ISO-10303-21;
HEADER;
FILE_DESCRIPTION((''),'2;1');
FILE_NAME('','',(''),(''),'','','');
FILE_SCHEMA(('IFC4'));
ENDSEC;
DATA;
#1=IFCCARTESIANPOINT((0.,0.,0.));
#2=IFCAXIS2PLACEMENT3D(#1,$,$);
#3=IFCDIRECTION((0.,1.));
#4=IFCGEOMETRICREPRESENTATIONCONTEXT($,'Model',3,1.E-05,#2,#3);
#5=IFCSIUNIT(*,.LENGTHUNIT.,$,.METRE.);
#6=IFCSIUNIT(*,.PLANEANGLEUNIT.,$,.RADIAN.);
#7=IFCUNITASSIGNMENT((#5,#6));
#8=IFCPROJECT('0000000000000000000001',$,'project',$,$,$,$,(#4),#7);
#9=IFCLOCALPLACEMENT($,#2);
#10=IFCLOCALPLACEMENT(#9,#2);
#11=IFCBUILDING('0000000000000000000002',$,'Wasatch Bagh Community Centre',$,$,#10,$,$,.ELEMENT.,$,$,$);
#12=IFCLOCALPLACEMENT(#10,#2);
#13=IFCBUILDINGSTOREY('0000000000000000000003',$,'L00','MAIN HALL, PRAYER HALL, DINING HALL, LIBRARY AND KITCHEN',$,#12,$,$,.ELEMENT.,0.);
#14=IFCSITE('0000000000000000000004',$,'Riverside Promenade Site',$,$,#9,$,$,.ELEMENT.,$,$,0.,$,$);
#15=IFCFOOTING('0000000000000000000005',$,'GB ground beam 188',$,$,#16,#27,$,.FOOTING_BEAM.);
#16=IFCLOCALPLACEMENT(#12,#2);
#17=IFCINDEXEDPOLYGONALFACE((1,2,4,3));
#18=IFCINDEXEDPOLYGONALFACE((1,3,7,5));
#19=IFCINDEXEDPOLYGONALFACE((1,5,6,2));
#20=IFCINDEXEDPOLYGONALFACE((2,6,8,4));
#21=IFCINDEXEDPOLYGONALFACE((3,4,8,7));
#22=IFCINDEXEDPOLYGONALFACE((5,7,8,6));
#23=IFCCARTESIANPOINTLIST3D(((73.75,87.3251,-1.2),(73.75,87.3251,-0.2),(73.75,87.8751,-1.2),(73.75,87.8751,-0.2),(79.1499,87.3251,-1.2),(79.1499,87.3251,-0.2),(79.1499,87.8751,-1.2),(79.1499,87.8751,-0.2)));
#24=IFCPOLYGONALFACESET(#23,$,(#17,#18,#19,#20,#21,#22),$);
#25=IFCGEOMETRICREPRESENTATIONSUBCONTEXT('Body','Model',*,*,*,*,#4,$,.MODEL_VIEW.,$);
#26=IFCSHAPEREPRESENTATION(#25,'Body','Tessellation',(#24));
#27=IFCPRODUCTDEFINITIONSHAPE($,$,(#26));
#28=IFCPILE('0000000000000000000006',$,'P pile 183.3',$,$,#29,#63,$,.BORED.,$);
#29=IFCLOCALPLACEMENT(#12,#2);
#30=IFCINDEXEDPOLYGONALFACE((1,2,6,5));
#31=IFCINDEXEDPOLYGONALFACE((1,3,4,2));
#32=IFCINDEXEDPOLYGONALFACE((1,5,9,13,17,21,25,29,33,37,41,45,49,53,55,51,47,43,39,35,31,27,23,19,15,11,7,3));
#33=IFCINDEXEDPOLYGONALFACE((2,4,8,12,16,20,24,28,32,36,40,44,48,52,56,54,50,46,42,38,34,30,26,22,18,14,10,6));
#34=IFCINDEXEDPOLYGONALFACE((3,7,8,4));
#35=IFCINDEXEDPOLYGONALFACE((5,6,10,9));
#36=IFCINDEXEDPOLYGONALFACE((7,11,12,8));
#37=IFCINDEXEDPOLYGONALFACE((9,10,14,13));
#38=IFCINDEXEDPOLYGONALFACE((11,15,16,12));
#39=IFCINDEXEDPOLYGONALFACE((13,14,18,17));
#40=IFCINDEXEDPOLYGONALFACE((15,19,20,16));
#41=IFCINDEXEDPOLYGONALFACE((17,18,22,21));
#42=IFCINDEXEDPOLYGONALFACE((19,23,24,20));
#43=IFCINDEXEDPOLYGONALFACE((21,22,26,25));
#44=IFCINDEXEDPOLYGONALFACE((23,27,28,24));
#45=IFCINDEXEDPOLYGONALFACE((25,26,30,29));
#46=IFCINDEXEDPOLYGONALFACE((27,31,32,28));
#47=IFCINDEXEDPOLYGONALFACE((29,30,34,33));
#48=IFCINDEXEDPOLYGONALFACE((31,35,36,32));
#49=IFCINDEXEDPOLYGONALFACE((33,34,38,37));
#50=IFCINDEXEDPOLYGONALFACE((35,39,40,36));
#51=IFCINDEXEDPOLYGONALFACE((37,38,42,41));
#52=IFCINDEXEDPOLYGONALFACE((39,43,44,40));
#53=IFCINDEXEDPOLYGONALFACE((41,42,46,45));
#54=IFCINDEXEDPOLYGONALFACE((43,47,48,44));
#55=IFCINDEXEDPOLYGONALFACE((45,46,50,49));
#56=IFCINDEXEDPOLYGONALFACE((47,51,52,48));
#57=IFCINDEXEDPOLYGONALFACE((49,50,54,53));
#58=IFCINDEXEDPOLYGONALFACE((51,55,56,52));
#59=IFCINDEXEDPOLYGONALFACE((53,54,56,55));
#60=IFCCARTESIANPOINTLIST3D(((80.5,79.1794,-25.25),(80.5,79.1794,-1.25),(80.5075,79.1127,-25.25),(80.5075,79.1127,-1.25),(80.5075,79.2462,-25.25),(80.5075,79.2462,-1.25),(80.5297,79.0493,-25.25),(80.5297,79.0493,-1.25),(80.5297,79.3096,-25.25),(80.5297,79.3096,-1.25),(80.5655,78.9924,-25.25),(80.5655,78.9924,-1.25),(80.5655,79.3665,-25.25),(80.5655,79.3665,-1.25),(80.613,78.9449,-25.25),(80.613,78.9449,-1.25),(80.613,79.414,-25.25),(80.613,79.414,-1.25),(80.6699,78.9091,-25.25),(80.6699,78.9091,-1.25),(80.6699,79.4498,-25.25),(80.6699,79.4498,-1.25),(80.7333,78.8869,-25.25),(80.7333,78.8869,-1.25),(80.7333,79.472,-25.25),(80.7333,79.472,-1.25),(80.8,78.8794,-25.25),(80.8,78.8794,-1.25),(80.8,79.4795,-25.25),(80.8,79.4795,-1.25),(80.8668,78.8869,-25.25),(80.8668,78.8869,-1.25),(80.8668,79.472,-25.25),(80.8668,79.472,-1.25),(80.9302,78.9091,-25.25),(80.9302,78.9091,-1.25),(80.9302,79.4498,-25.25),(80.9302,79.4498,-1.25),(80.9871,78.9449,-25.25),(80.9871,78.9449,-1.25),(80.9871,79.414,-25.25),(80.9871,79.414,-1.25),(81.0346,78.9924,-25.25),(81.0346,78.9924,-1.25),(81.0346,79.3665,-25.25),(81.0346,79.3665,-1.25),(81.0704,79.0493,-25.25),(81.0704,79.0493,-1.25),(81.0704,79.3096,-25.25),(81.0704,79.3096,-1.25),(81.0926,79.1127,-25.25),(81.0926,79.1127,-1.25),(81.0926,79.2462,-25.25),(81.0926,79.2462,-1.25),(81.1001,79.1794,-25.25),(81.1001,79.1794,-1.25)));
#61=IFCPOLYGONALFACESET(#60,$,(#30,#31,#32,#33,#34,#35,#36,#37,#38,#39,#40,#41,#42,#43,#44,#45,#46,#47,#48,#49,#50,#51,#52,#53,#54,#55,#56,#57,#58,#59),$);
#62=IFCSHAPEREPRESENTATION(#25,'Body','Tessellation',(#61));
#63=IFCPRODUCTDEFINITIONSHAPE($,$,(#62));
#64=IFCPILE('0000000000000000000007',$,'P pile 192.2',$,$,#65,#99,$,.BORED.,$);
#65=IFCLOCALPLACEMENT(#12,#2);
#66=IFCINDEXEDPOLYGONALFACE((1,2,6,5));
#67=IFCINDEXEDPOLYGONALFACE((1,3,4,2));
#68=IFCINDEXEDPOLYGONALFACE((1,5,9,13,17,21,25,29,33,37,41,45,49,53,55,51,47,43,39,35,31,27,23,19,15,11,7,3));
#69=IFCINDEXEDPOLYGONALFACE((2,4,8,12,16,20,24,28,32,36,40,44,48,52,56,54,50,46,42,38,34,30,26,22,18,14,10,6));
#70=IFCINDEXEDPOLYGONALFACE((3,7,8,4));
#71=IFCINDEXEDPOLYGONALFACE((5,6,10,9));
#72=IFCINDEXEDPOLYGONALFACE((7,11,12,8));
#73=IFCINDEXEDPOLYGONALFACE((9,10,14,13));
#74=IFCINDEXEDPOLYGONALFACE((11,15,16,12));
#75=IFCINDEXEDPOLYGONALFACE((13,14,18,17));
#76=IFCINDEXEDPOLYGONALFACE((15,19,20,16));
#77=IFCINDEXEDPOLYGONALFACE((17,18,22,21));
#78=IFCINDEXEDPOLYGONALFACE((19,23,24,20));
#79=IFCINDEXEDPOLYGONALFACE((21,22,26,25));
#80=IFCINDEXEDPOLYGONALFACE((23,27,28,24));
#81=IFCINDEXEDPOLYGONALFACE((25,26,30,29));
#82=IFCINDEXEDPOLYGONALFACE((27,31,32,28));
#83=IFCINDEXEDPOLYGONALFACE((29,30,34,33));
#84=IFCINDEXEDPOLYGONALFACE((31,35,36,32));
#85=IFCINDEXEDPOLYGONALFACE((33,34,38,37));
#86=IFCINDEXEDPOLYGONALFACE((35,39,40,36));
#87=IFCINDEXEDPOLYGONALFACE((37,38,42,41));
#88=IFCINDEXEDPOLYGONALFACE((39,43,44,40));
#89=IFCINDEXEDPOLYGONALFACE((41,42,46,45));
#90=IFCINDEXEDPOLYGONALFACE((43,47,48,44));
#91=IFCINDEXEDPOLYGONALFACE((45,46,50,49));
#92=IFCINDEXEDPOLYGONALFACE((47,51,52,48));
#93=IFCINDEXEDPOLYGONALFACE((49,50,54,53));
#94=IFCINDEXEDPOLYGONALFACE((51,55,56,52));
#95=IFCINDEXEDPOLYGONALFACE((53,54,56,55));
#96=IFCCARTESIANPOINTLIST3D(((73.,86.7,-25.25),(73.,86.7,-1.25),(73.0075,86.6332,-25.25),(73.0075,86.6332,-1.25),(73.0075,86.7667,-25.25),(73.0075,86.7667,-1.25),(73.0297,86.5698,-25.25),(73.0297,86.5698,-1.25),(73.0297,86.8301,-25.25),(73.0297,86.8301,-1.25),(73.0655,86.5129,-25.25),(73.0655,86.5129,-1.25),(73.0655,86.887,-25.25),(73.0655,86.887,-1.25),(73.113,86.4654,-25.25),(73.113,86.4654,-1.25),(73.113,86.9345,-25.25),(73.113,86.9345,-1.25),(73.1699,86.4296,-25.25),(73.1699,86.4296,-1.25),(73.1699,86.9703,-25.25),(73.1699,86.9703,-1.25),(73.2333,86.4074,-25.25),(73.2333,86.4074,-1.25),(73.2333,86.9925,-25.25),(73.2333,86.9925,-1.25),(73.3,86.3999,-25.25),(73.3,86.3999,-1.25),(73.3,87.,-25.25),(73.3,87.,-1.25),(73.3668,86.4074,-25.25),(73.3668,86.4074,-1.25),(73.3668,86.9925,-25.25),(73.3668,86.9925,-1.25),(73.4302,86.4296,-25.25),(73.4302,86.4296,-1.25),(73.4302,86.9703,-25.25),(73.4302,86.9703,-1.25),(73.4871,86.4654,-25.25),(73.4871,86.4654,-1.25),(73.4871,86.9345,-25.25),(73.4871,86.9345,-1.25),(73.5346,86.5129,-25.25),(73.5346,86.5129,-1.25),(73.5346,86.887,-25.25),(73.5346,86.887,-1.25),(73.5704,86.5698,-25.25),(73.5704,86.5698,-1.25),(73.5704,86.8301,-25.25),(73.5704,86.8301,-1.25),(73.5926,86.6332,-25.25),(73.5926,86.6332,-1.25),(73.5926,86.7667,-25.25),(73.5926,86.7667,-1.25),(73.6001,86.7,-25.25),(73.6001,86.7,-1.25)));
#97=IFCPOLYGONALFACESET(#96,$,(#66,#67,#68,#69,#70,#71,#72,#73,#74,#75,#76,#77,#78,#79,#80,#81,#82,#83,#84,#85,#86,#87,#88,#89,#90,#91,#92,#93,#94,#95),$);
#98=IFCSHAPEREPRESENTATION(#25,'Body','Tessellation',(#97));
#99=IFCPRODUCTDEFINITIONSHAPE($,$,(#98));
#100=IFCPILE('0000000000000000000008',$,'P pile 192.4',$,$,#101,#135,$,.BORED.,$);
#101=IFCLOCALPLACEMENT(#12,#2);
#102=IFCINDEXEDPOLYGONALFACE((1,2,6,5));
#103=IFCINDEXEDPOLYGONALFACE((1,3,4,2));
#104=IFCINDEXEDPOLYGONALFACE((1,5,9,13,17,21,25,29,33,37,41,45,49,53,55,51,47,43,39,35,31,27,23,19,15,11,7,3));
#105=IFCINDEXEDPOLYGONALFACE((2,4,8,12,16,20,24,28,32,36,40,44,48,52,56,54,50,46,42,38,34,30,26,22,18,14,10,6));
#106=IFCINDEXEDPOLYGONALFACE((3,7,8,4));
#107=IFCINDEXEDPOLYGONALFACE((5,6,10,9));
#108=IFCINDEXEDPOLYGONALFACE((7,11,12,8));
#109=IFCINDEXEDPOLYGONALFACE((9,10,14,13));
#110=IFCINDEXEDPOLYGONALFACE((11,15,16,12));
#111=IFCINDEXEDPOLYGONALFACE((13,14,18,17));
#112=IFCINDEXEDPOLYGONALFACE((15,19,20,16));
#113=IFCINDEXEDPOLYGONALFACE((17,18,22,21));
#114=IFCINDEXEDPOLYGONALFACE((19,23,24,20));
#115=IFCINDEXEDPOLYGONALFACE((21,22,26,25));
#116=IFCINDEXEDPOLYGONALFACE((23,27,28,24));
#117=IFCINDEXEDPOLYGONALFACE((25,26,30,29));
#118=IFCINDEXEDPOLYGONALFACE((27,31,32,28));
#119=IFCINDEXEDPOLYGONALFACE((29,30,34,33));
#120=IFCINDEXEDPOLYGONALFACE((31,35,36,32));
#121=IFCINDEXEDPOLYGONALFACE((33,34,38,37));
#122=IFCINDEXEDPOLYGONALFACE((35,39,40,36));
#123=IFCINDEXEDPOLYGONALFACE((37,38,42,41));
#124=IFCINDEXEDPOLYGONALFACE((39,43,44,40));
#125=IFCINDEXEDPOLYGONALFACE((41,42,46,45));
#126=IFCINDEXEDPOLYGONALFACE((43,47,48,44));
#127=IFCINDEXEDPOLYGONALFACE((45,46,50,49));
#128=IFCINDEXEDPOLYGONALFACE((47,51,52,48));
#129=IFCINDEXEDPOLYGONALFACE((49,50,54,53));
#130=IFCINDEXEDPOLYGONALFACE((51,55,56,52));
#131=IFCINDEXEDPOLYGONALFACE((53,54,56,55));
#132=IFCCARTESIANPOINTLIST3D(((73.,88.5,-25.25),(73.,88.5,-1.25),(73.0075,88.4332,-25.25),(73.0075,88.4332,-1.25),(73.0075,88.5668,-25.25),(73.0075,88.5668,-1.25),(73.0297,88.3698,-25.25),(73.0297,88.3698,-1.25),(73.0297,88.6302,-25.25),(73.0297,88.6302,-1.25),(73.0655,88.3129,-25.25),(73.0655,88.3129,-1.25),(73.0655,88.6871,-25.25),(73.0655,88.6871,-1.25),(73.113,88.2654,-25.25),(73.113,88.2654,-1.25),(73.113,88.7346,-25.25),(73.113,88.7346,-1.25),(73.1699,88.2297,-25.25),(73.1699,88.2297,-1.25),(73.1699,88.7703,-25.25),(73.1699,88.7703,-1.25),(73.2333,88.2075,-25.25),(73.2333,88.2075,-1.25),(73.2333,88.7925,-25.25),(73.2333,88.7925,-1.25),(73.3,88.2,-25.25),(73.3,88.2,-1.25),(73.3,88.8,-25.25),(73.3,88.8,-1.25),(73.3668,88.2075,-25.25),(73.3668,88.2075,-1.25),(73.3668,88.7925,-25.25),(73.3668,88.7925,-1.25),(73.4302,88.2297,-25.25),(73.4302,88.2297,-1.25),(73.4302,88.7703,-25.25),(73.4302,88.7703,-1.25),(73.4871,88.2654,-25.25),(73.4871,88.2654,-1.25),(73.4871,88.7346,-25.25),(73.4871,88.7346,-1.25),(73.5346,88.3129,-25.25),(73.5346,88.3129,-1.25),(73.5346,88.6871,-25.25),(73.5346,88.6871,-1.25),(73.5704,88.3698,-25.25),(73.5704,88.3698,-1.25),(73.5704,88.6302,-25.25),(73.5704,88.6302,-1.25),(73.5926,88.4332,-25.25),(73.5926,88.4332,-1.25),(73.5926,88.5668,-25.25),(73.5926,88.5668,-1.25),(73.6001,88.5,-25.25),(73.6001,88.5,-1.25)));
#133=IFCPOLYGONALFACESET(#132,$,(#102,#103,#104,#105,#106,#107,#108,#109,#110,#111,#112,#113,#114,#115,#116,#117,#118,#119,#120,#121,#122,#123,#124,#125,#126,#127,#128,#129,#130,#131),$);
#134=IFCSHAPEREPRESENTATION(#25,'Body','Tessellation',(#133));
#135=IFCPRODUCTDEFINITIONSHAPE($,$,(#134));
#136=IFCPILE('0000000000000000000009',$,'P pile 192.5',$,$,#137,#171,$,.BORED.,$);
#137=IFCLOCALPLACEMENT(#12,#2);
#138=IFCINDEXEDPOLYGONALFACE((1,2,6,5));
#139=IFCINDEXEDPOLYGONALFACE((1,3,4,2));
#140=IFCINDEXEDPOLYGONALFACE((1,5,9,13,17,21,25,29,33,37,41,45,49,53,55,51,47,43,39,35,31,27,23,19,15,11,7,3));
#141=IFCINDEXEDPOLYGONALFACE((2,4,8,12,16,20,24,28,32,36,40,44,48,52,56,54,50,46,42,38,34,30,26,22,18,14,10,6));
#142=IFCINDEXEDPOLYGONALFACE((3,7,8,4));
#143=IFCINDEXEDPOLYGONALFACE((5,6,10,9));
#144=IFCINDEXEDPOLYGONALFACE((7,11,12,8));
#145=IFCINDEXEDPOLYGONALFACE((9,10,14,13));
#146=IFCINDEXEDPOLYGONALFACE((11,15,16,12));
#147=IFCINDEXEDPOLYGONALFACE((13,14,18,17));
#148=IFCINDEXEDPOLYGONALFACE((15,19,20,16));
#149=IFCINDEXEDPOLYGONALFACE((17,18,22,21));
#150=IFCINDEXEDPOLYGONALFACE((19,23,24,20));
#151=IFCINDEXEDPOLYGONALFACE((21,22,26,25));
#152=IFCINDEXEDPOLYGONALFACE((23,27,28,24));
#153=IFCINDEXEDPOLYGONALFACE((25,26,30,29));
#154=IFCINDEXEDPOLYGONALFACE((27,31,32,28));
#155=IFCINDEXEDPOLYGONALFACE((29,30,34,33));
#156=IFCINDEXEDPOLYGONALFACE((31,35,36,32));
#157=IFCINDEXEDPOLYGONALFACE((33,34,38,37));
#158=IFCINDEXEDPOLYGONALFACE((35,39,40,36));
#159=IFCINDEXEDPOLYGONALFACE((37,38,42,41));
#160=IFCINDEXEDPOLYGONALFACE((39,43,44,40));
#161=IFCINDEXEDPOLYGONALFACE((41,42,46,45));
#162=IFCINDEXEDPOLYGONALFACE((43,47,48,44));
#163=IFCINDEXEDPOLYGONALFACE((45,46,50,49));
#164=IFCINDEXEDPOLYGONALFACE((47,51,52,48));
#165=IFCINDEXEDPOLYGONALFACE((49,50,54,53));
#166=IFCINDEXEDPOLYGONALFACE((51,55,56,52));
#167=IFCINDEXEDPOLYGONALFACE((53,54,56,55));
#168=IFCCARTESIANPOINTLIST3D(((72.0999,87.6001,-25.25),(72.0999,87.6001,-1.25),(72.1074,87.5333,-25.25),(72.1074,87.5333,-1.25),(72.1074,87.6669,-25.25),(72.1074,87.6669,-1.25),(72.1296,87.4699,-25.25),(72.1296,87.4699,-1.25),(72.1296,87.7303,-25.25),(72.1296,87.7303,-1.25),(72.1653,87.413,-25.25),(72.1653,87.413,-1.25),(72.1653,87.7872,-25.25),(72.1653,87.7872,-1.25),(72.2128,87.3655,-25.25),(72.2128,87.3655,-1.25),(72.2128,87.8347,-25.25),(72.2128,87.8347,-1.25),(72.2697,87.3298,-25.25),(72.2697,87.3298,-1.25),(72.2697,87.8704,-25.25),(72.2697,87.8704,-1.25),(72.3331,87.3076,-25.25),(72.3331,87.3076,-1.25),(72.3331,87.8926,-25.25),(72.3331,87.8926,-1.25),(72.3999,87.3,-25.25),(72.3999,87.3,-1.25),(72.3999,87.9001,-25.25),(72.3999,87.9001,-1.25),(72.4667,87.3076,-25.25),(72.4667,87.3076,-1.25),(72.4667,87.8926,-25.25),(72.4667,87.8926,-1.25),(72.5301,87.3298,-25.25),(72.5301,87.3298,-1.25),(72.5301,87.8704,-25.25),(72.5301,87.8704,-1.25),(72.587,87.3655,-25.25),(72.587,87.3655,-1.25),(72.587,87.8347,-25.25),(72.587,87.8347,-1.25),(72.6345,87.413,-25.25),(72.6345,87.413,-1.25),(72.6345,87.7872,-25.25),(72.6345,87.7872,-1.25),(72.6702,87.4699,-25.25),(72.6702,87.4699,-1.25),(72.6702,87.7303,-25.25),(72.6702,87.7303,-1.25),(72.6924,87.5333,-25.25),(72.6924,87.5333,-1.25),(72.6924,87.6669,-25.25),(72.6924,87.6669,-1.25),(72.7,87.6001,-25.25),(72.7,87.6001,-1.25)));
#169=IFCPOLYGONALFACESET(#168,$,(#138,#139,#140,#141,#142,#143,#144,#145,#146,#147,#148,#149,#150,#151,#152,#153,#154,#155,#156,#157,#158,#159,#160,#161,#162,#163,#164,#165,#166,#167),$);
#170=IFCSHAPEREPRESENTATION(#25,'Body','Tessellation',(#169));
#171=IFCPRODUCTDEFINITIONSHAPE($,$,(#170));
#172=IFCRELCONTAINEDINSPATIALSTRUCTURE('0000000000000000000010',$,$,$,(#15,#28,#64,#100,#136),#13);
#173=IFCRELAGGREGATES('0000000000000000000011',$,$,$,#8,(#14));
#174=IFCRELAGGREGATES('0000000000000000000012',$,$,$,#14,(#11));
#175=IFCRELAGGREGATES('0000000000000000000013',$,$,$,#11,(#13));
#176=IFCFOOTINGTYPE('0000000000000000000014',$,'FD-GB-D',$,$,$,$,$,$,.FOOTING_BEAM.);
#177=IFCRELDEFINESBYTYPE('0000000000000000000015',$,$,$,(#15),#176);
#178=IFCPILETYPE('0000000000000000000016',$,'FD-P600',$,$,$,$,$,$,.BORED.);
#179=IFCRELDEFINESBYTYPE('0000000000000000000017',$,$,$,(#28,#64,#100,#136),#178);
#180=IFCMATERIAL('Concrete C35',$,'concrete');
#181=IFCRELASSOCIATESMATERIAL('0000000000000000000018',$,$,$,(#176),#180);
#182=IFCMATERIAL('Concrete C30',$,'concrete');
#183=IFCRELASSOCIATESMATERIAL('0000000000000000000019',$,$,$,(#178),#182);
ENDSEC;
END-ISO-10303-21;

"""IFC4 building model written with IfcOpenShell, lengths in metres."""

from ifc_helpers import new_model, si_unit, direction, frame, origin, origin_2d, place, context, subcontext, project, spatial, rectangle, circle, extrude, material, material_profile, profile_set, type_object, element, save


model = new_model("IFC4")

# Units and contexts
model_context = context("Model", 3, precision=1e-05, world=origin(), true_north=direction((0.0, 1.0)))
body_context = subcontext(model_context, "Body", "Model", "MODEL_VIEW")
ifc_project = project(units=[si_unit("LENGTHUNIT", "METRE"), si_unit("PLANEANGLEUNIT", "RADIAN")], contexts=[model_context])

# Site, building, storey
site_placement = place(None, origin())
site = spatial("IfcSite", under=ifc_project, at=site_placement, Name="Riverside Promenade Site", CompositionType="ELEMENT", RefElevation=0.0)
building_placement = place(site_placement, origin())
building = spatial("IfcBuilding", under=site, at=building_placement, Name="Wasatch Bagh Community Centre", CompositionType="ELEMENT")
storey_placement = place(building_placement, origin())
storey = spatial("IfcBuildingStorey", under=building, at=storey_placement, Name="L00", Description="MAIN HALL, PRAYER HALL, DINING HALL, LIBRARY AND KITCHEN", CompositionType="ELEMENT", Elevation=0.0)

# Footing
ifc_material_1 = material(Name="Concrete C35", Category="concrete")
footing_type_1 = type_object("IfcFootingType", Name="FD-GB-D", PredefinedType="FOOTING_BEAM", material=ifc_material_1)
footing_1_placement = place(storey_placement, frame((76.45, 87.6001, -1.2), z_axis=(0.0, 0.0, 1.0), x_axis=(1.0, 0.0, 0.0)))
element("IfcFooting", 1, at=footing_1_placement, inside=storey, type_object=footing_type_1, Name="GB ground beam 188", PredefinedType="FOOTING_BEAM", context=body_context, shape_type="SweptSolid", body=[
    extrude(rectangle(XDim=5.3999, YDim=0.55, at=origin_2d()), origin(), (0.0, 0.0, 1.0), 1.0),
])

# Piles
ifc_material_2 = material(Name="Concrete C30", Category="concrete")
ifc_material_profile_1 = material_profile(ifc_material_2, circle(Radius=0.3, at=origin_2d()), Name="RC D600")
ifc_profile_set_1 = profile_set([ifc_material_profile_1], Name="Concrete C30")
pile_type_1 = type_object("IfcPileType", Name="FD-P600", PredefinedType="BORED", material=ifc_profile_set_1)
for number, where, z_axis, x_axis, name in (
    (2, (80.8, 79.1794, -1.25), (0.0, 0.0, -1.0), (1.0, 0.0, 0.0), "P pile 183.3"),
    (3, (73.3, 86.7, -1.25), (0.0, 0.0, -1.0), (1.0, 0.0, 0.0), "P pile 192.2"),
    (4, (73.3, 88.5, -1.25), (0.0, 0.0, -1.0), (1.0, 0.0, 0.0), "P pile 192.4"),
    (5, (72.3999, 87.6001, -1.25), (0.0, 0.0, -1.0), (1.0, 0.0, 0.0), "P pile 192.5"),
):
    element("IfcPile", number, at=place(storey_placement, frame(where, z_axis=z_axis, x_axis=x_axis)), inside=storey, type_object=pile_type_1, Name=name, PredefinedType="BORED", context=body_context, shape_type="SweptSolid", body=[
        extrude(circle(Radius=0.3, at=origin_2d()), origin(), (0.0, 0.0, 1.0), 24.0),
    ])

save(model, "model.ifc")
